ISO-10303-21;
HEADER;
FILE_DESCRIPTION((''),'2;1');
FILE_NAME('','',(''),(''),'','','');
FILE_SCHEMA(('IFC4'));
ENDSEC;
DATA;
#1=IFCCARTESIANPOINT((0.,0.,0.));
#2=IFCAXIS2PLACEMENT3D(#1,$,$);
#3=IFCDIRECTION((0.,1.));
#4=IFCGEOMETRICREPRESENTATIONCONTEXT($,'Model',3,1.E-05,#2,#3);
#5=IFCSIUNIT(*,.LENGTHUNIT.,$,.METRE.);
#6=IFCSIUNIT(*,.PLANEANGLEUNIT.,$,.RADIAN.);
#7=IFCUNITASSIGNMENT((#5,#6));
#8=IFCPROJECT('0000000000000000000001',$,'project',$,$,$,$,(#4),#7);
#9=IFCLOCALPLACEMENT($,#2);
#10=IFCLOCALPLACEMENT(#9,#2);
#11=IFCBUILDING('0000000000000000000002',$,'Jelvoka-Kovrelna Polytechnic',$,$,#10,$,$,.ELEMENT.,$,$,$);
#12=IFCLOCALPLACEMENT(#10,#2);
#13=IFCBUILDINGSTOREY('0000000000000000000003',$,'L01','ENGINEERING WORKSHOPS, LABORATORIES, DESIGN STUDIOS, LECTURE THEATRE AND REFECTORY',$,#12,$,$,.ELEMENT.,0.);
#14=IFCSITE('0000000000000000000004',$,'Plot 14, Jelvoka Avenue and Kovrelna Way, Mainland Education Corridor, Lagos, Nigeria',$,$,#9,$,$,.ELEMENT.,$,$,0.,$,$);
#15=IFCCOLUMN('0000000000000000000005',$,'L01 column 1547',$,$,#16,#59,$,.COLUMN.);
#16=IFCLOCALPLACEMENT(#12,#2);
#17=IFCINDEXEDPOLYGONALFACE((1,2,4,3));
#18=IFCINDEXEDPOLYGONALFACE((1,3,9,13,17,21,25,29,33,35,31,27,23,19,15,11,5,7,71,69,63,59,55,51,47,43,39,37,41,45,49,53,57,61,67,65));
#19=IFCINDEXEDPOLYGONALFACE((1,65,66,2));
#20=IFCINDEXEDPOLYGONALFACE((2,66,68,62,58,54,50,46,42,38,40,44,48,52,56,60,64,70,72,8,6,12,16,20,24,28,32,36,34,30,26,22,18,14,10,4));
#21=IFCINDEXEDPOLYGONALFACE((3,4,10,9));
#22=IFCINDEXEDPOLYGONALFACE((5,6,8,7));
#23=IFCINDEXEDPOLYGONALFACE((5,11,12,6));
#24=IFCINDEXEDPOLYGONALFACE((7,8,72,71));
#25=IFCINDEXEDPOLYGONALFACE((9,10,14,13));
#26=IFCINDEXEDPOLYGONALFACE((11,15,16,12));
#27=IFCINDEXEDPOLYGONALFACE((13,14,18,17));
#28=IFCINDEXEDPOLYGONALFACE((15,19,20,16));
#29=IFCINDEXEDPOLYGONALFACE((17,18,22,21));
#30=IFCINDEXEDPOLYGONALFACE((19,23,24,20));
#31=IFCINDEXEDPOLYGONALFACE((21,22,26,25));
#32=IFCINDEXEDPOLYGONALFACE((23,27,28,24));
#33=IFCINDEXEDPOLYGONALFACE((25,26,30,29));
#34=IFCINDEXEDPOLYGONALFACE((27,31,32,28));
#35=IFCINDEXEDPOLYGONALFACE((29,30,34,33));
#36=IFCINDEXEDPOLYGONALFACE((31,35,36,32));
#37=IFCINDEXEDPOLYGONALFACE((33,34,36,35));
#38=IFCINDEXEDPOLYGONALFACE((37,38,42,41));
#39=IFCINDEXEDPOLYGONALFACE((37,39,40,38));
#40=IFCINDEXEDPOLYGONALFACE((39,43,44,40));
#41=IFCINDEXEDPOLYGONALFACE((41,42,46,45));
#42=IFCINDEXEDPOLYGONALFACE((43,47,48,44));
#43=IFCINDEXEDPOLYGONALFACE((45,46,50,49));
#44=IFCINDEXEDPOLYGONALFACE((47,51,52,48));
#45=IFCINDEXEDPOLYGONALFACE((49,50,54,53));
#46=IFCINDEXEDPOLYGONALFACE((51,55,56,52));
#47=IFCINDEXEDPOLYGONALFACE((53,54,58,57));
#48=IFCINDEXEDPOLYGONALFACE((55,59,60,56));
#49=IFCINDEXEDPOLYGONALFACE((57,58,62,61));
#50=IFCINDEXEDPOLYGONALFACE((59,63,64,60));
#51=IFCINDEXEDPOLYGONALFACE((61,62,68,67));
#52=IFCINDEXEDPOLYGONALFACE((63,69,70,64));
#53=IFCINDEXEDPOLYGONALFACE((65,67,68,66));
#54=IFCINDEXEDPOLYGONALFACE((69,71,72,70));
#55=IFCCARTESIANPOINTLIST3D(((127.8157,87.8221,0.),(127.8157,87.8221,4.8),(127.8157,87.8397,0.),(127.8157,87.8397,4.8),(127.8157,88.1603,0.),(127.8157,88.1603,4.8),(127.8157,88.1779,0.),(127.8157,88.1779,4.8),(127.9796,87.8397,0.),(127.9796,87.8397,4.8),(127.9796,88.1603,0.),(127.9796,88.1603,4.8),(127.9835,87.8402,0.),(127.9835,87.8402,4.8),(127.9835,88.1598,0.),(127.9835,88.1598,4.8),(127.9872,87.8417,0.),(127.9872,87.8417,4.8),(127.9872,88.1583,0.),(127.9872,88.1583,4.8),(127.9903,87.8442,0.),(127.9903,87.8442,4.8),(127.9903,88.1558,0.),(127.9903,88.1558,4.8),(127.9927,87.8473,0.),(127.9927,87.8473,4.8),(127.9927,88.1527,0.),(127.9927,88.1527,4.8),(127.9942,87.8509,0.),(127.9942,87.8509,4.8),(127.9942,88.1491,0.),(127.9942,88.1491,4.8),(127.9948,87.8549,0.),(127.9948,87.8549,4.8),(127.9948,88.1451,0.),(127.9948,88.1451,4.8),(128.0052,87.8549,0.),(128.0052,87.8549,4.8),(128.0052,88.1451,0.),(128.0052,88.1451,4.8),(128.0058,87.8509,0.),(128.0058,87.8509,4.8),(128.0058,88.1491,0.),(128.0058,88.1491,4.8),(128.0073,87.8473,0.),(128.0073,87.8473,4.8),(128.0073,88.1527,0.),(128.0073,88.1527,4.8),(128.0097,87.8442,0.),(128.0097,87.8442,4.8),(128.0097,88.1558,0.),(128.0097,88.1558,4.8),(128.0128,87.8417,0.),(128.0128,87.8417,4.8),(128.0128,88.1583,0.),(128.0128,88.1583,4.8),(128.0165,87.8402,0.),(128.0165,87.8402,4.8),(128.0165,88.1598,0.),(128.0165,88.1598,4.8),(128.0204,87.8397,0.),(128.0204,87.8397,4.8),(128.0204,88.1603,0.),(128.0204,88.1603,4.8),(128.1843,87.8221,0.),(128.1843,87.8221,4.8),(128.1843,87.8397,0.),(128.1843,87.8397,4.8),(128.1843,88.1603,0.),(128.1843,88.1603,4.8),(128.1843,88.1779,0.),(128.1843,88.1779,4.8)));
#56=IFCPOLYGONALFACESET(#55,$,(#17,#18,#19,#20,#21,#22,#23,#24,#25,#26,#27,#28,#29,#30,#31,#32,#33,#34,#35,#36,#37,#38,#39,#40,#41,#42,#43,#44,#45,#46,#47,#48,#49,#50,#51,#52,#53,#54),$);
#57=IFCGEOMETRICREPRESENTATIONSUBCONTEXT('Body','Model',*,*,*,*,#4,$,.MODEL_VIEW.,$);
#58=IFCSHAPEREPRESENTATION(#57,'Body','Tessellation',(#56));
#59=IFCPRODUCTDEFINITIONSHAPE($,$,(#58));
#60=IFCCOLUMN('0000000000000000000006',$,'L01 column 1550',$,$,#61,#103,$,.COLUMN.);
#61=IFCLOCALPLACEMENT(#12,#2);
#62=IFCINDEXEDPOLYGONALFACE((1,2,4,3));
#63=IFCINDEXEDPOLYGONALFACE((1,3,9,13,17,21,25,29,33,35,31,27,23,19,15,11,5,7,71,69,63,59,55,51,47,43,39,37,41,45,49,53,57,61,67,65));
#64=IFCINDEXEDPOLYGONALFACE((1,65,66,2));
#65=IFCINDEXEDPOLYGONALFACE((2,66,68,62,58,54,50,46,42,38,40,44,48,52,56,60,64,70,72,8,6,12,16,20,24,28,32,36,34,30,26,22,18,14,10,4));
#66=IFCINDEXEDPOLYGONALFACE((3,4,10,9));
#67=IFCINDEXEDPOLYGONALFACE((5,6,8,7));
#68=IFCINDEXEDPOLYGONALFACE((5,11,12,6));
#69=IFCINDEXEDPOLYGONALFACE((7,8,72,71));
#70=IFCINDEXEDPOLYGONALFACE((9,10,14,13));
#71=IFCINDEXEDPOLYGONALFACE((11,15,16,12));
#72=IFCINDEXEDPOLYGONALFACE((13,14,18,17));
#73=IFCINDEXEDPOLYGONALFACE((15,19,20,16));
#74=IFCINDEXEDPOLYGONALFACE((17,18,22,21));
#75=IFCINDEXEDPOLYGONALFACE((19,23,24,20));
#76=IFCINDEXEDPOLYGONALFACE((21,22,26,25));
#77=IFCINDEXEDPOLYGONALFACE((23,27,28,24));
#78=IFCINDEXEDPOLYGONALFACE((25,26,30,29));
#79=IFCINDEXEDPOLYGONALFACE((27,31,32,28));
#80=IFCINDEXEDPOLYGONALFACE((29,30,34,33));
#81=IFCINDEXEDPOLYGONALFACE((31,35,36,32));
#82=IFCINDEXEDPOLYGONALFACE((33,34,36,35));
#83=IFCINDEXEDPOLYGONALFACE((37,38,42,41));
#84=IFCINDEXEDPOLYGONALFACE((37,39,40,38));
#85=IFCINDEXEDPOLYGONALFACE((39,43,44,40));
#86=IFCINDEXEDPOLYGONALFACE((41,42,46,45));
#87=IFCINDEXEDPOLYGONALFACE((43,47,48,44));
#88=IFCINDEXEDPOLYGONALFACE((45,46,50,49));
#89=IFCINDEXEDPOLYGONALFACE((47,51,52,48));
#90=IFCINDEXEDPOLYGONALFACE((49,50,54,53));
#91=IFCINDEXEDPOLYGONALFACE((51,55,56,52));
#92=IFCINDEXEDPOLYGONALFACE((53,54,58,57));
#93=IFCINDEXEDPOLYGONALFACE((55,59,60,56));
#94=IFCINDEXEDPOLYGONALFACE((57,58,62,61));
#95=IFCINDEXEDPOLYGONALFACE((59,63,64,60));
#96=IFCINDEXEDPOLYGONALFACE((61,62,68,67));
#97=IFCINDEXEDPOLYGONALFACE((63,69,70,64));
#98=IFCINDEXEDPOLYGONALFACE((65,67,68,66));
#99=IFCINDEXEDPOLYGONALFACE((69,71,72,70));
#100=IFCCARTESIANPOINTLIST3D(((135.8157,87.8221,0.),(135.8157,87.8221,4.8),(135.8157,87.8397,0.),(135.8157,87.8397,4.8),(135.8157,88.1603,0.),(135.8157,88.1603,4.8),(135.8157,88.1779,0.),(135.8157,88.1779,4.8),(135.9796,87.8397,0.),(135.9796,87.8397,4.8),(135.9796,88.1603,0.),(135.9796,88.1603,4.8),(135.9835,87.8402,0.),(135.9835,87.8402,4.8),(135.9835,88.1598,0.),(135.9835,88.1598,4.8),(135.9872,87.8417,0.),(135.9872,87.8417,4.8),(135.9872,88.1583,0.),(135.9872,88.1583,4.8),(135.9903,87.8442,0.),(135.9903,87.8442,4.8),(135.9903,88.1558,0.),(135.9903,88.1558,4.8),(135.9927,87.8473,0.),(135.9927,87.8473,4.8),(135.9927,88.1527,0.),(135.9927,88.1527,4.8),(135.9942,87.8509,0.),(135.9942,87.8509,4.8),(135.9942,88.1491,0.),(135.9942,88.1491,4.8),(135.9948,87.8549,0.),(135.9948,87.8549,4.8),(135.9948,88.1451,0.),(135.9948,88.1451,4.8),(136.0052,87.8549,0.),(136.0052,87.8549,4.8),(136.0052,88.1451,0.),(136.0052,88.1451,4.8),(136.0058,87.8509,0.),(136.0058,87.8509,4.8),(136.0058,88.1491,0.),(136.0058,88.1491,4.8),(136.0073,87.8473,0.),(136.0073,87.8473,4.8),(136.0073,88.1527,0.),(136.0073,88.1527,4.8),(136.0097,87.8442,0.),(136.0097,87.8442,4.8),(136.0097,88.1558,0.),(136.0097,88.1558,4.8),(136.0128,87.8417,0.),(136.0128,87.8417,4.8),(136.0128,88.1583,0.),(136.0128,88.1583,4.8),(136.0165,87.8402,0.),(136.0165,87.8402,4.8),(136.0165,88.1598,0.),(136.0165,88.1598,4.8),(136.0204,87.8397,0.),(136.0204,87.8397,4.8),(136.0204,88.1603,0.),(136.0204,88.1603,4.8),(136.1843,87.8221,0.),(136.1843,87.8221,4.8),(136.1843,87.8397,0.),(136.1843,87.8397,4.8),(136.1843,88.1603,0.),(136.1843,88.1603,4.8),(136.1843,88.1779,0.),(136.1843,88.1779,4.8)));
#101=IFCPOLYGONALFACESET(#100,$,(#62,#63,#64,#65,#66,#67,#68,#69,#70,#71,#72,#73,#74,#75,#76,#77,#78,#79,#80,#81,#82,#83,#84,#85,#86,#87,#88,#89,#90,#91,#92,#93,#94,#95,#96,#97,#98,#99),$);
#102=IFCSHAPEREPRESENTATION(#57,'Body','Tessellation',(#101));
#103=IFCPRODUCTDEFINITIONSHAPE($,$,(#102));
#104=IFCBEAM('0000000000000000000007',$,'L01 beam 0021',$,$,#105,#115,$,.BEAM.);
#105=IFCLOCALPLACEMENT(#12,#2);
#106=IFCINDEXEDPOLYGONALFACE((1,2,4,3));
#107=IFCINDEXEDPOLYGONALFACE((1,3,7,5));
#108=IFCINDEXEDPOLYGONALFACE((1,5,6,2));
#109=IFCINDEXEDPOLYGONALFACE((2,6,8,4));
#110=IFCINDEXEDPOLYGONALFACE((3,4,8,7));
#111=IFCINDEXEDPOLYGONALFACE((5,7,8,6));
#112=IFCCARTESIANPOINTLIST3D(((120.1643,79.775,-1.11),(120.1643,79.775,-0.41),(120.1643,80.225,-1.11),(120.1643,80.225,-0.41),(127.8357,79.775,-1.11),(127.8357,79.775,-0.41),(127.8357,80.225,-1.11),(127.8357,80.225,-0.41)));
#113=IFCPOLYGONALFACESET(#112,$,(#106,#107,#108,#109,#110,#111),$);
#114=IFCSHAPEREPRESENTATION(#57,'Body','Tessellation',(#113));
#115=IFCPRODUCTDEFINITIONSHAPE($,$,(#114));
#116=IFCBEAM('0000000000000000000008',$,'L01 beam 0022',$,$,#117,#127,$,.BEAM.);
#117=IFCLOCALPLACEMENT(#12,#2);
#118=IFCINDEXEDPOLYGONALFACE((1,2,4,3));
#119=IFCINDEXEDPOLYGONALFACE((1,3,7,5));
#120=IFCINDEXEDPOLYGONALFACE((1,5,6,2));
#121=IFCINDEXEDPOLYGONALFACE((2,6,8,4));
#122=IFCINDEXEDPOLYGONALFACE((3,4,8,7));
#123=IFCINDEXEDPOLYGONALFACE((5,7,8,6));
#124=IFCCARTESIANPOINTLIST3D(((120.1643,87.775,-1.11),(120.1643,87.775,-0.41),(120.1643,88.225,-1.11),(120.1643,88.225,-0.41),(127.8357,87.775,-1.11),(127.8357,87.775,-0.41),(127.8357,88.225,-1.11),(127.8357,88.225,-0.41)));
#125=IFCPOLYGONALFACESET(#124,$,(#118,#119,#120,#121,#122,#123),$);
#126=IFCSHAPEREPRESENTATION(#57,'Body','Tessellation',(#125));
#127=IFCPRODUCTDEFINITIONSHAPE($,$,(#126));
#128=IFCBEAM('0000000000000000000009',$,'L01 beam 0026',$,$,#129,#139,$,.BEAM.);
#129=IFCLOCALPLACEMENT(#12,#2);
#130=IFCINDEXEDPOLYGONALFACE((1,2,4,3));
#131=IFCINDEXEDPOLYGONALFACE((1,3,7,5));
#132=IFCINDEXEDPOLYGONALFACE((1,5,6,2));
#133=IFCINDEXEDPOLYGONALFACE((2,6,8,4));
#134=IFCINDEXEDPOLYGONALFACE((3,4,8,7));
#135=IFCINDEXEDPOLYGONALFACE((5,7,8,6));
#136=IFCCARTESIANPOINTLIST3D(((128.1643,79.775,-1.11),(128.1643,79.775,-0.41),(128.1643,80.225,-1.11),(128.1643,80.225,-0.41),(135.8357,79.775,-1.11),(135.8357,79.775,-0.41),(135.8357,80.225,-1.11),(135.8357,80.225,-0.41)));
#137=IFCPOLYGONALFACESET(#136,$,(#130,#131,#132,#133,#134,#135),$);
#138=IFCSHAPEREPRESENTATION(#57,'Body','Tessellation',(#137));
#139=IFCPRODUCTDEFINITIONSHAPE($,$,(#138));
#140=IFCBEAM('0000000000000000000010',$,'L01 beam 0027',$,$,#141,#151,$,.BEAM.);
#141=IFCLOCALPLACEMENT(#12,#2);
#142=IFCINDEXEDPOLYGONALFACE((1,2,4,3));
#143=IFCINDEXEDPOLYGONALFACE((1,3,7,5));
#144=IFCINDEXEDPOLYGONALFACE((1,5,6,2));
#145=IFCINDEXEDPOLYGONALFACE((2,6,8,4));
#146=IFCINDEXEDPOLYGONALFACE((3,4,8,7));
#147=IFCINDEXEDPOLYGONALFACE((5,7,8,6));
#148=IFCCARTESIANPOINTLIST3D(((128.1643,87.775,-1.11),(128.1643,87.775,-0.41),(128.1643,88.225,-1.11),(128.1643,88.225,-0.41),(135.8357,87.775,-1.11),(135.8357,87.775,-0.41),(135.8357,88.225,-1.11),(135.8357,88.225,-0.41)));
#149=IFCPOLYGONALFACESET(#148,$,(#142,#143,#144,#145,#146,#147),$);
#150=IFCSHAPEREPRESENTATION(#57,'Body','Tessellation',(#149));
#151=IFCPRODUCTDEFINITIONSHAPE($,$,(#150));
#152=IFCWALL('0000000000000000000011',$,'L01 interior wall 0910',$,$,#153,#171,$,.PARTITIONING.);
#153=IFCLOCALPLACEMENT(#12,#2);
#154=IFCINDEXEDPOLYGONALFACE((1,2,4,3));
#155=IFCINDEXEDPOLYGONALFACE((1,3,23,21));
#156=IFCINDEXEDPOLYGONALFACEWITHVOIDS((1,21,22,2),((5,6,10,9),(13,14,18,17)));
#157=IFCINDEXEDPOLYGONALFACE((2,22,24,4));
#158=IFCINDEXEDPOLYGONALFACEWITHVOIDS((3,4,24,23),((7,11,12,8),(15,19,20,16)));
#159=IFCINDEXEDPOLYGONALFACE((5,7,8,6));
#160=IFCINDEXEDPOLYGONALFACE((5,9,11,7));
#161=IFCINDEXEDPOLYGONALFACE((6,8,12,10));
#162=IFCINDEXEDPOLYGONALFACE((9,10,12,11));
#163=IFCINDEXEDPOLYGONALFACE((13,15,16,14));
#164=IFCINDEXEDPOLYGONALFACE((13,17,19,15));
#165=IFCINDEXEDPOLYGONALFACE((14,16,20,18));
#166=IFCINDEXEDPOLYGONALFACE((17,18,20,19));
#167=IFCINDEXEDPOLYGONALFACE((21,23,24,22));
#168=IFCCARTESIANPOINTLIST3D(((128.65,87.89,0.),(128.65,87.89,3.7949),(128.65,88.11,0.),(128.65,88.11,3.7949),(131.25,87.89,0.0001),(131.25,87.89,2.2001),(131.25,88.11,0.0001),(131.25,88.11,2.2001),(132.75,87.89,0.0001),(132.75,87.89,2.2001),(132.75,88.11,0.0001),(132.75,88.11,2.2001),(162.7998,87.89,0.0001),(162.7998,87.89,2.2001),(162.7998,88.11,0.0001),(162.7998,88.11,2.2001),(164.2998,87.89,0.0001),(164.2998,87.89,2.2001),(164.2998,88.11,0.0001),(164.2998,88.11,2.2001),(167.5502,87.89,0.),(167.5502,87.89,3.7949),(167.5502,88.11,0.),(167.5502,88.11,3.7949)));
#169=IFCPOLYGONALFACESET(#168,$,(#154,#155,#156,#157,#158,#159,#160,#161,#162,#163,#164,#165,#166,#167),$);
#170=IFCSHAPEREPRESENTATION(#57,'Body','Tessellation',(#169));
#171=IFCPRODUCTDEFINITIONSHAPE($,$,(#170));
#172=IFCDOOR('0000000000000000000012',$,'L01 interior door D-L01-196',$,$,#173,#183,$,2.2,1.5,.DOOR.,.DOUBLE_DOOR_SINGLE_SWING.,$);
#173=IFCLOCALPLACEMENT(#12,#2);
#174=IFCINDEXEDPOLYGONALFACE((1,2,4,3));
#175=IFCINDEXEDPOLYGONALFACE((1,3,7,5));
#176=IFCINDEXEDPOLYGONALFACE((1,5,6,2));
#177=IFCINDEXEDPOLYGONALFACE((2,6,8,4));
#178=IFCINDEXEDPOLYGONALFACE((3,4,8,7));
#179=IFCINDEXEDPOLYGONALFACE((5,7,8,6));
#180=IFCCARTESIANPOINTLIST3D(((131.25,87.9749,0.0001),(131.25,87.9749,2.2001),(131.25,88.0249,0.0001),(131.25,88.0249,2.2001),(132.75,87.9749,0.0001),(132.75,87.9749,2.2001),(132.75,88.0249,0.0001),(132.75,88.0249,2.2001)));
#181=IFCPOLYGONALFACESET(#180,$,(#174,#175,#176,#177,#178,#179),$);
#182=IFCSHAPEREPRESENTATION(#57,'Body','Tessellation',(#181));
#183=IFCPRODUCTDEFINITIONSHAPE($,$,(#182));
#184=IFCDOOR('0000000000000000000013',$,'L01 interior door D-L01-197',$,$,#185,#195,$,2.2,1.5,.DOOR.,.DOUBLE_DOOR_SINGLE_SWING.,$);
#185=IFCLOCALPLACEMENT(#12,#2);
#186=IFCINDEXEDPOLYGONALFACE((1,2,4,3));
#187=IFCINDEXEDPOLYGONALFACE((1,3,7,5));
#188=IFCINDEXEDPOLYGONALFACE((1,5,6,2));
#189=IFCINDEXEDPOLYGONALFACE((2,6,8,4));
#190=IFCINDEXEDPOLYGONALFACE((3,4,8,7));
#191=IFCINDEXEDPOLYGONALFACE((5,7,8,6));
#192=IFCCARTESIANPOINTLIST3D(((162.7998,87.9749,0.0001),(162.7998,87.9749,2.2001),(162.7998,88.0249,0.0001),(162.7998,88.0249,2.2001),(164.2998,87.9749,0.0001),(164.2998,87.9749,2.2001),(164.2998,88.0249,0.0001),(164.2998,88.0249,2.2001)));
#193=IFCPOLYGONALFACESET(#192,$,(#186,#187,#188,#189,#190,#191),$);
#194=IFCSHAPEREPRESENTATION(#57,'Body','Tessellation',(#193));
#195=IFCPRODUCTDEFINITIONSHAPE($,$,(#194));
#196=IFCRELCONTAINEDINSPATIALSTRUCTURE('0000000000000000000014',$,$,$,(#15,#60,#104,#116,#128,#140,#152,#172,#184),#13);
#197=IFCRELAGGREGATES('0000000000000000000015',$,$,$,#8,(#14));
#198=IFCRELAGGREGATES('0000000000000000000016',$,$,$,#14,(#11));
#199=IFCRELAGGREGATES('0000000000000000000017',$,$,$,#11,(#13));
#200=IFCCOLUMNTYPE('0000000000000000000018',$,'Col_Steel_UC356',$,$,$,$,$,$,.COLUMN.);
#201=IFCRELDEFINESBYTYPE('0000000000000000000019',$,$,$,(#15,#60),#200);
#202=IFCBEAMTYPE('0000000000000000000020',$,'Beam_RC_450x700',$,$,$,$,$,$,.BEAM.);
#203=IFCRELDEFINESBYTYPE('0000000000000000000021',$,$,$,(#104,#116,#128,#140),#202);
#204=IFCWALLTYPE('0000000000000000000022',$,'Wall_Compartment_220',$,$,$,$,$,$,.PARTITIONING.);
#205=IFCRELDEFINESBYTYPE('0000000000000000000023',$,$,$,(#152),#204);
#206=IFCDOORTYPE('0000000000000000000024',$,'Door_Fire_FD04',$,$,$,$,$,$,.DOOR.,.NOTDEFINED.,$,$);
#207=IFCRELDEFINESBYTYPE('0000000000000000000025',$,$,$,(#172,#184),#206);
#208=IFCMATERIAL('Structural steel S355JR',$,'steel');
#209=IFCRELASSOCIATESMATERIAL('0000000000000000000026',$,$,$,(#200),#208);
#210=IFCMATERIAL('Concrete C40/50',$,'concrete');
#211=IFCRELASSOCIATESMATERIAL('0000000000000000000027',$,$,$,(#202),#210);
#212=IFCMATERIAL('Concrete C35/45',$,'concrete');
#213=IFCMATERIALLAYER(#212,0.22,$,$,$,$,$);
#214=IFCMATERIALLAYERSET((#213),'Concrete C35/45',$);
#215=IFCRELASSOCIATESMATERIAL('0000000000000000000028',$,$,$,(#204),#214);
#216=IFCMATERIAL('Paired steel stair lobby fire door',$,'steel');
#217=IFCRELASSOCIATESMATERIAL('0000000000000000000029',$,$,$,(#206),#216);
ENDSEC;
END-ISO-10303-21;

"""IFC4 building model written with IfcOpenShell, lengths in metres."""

from ifc_helpers import new_model, si_unit, direction, frame, frame_2d, origin, origin_2d, place, context, subcontext, project, spatial, rectangle, i_section, extrude, material, layer, layer_set, material_profile, profile_set, type_object, element, fill, save


model = new_model("IFC4")

# Units and contexts
model_context = context("Model", 3, precision=1e-05, world=origin(), true_north=direction((0.0, 1.0)))
body_context = subcontext(model_context, "Body", "Model", "MODEL_VIEW")
ifc_project = project(units=[si_unit("LENGTHUNIT", "METRE"), si_unit("PLANEANGLEUNIT", "RADIAN")], contexts=[model_context])

# Site, building, storey
site_placement = place(None, origin())
site = spatial("IfcSite", under=ifc_project, at=site_placement, Name="Plot 14, Jelvoka Avenue and Kovrelna Way, Mainland Education Corridor, Lagos, Nigeria", CompositionType="ELEMENT", RefElevation=0.0)
building_placement = place(site_placement, origin())
building = spatial("IfcBuilding", under=site, at=building_placement, Name="Jelvoka-Kovrelna Polytechnic", CompositionType="ELEMENT")
storey_placement = place(building_placement, origin())
storey = spatial("IfcBuildingStorey", under=building, at=storey_placement, Name="L01", Description="ENGINEERING WORKSHOPS, LABORATORIES, DESIGN STUDIOS, LECTURE THEATRE AND REFECTORY", CompositionType="ELEMENT", Elevation=0.0)

# Columns
ifc_material_1 = material(Name="Structural steel S355JR", Category="steel")
ifc_material_profile_1 = material_profile(ifc_material_1, i_section(OverallWidth=0.3687, OverallDepth=0.3557, WebThickness=0.0105, FlangeThickness=0.0176, FilletRadius=0.0151, at=origin_2d()), Name="356x368x129 UC")
ifc_profile_set_1 = profile_set([ifc_material_profile_1], Name="Structural steel S355JR")
column_type = type_object("IfcColumnType", Name="Col_Steel_UC356", PredefinedType="COLUMN", material=ifc_profile_set_1)
for number, where, z_axis, x_axis, name in (
    (1, (128.0, 88.0, 0.0), (0.0, 0.0, 1.0), (1.0, 0.0, 0.0), "L01 column 1547"),
    (2, (136.0, 88.0, 0.0), (0.0, 0.0, 1.0), (1.0, 0.0, 0.0), "L01 column 1550"),
):
    element("IfcColumn", number, at=place(storey_placement, frame(where, z_axis=z_axis, x_axis=x_axis)), inside=storey, type_object=column_type, Name=name, PredefinedType="COLUMN", context=body_context, shape_type="SweptSolid", body=[
        extrude(i_section(OverallWidth=0.3687, OverallDepth=0.3557, WebThickness=0.0105, FlangeThickness=0.0176, FilletRadius=0.0151, at=origin_2d()), origin(), (0.0, 0.0, 1.0), 4.8),
    ])

# Beams
ifc_material_2 = material(Name="Concrete C40/50", Category="concrete")
ifc_material_profile_2 = material_profile(ifc_material_2, rectangle(XDim=0.45, YDim=0.7, at=origin_2d()), Name="RC 450x700")
ifc_profile_set_2 = profile_set([ifc_material_profile_2], Name="Concrete C40/50")
beam_type = type_object("IfcBeamType", Name="Beam_RC_450x700", PredefinedType="BEAM", material=ifc_profile_set_2)
for number, where, z_axis, x_axis, name in (
    (3, (120.1643, 80.0, -0.76), (1.0, 0.0, 0.0), (0.0, 1.0, 0.0), "L01 beam 0021"),
    (4, (120.1643, 88.0, -0.76), (1.0, 0.0, 0.0), (0.0, 1.0, 0.0), "L01 beam 0022"),
    (5, (128.1643, 80.0, -0.76), (1.0, 0.0, 0.0), (0.0, 1.0, 0.0), "L01 beam 0026"),
    (6, (128.1643, 88.0, -0.76), (1.0, 0.0, 0.0), (0.0, 1.0, 0.0), "L01 beam 0027"),
):
    element("IfcBeam", number, at=place(storey_placement, frame(where, z_axis=z_axis, x_axis=x_axis)), inside=storey, type_object=beam_type, Name=name, PredefinedType="BEAM", context=body_context, shape_type="SweptSolid", body=[
        extrude(rectangle(XDim=0.45, YDim=0.7, at=origin_2d()), origin(), (0.0, 0.0, 1.0), 7.6714),
    ])

# Wall, openings, doors
ifc_material_3 = material(Name="Concrete C35/45", Category="concrete")
ifc_layer_1 = layer(ifc_material_3, 0.22)
ifc_layer_set_1 = layer_set([ifc_layer_1], Name="Concrete C35/45")
wall_type_1 = type_object("IfcWallType", Name="Wall_Compartment_220", PredefinedType="PARTITIONING", material=ifc_layer_set_1)
wall_1_placement = place(storey_placement, frame((128.6499, 88.0, 0.0), z_axis=(0.0, 0.0, 1.0), x_axis=(1.0, 0.0, 0.0)))
wall_1 = element("IfcWall", 7, at=wall_1_placement, inside=storey, type_object=wall_type_1, Name="L01 interior wall 0910", PredefinedType="PARTITIONING", context=body_context, shape_type="SweptSolid", body=[
    extrude(rectangle(XDim=38.9001, YDim=0.22, at=frame_2d((19.4502, 0.0))), origin(), (0.0, 0.0, 1.0), 3.7949),
])
opening_1_placement = place(wall_1_placement, frame((2.6001, 0.0, 0.0)))
opening_1 = element("IfcOpeningElement", 8, at=opening_1_placement, cuts=wall_1, PredefinedType="OPENING", context=body_context, shape_type="SweptSolid", body=[
    extrude(rectangle(XDim=1.5, YDim=2.2, at=frame_2d((0.75, 1.1001))), frame((0.0, 0.1199, 0.0), z_axis=(0.0, -1.0, 0.0), x_axis=(1.0, 0.0, 0.0)), (0.0, 0.0, 1.0), 0.24),
])
opening_2_placement = place(wall_1_placement, frame((34.1499, 0.0, 0.0)))
opening_2 = element("IfcOpeningElement", 9, at=opening_2_placement, cuts=wall_1, PredefinedType="OPENING", context=body_context, shape_type="SweptSolid", body=[
    extrude(rectangle(XDim=1.5, YDim=2.2, at=frame_2d((0.75, 1.1001))), frame((0.0, 0.1199, 0.0), z_axis=(0.0, -1.0, 0.0), x_axis=(1.0, 0.0, 0.0)), (0.0, 0.0, 1.0), 0.24),
])
ifc_material_4 = material(Name="Paired steel stair lobby fire door", Category="steel")
door_type = type_object("IfcDoorType", Name="Door_Fire_FD04", OperationType="NOTDEFINED", PredefinedType="DOOR", material=ifc_material_4)
door_1_placement = place(opening_1_placement, origin())
door_1 = element("IfcDoor", 10, at=door_1_placement, inside=storey, type_object=door_type, Name="L01 interior door D-L01-196", OperationType="DOUBLE_DOOR_SINGLE_SWING", OverallHeight=2.2, OverallWidth=1.5, PredefinedType="DOOR", context=body_context, shape_type="SweptSolid", body=[
    extrude(rectangle(XDim=1.5, YDim=2.2, at=frame_2d((0.75, 1.1001))), frame((0.0, 0.0249, 0.0), z_axis=(0.0, -1.0, 0.0), x_axis=(1.0, 0.0, 0.0)), (0.0, 0.0, 1.0), 0.05),
])
fill(opening_1, door_1)
door_2_placement = place(opening_2_placement, origin())
door_2 = element("IfcDoor", 11, at=door_2_placement, inside=storey, type_object=door_type, Name="L01 interior door D-L01-197", OperationType="DOUBLE_DOOR_SINGLE_SWING", OverallHeight=2.2, OverallWidth=1.5, PredefinedType="DOOR", context=body_context, shape_type="SweptSolid", body=[
    extrude(rectangle(XDim=1.5, YDim=2.2, at=frame_2d((0.75, 1.1001))), frame((0.0, 0.0249, 0.0), z_axis=(0.0, -1.0, 0.0), x_axis=(1.0, 0.0, 0.0)), (0.0, 0.0, 1.0), 0.05),
])
fill(opening_2, door_2)

save(model, "model.ifc")
